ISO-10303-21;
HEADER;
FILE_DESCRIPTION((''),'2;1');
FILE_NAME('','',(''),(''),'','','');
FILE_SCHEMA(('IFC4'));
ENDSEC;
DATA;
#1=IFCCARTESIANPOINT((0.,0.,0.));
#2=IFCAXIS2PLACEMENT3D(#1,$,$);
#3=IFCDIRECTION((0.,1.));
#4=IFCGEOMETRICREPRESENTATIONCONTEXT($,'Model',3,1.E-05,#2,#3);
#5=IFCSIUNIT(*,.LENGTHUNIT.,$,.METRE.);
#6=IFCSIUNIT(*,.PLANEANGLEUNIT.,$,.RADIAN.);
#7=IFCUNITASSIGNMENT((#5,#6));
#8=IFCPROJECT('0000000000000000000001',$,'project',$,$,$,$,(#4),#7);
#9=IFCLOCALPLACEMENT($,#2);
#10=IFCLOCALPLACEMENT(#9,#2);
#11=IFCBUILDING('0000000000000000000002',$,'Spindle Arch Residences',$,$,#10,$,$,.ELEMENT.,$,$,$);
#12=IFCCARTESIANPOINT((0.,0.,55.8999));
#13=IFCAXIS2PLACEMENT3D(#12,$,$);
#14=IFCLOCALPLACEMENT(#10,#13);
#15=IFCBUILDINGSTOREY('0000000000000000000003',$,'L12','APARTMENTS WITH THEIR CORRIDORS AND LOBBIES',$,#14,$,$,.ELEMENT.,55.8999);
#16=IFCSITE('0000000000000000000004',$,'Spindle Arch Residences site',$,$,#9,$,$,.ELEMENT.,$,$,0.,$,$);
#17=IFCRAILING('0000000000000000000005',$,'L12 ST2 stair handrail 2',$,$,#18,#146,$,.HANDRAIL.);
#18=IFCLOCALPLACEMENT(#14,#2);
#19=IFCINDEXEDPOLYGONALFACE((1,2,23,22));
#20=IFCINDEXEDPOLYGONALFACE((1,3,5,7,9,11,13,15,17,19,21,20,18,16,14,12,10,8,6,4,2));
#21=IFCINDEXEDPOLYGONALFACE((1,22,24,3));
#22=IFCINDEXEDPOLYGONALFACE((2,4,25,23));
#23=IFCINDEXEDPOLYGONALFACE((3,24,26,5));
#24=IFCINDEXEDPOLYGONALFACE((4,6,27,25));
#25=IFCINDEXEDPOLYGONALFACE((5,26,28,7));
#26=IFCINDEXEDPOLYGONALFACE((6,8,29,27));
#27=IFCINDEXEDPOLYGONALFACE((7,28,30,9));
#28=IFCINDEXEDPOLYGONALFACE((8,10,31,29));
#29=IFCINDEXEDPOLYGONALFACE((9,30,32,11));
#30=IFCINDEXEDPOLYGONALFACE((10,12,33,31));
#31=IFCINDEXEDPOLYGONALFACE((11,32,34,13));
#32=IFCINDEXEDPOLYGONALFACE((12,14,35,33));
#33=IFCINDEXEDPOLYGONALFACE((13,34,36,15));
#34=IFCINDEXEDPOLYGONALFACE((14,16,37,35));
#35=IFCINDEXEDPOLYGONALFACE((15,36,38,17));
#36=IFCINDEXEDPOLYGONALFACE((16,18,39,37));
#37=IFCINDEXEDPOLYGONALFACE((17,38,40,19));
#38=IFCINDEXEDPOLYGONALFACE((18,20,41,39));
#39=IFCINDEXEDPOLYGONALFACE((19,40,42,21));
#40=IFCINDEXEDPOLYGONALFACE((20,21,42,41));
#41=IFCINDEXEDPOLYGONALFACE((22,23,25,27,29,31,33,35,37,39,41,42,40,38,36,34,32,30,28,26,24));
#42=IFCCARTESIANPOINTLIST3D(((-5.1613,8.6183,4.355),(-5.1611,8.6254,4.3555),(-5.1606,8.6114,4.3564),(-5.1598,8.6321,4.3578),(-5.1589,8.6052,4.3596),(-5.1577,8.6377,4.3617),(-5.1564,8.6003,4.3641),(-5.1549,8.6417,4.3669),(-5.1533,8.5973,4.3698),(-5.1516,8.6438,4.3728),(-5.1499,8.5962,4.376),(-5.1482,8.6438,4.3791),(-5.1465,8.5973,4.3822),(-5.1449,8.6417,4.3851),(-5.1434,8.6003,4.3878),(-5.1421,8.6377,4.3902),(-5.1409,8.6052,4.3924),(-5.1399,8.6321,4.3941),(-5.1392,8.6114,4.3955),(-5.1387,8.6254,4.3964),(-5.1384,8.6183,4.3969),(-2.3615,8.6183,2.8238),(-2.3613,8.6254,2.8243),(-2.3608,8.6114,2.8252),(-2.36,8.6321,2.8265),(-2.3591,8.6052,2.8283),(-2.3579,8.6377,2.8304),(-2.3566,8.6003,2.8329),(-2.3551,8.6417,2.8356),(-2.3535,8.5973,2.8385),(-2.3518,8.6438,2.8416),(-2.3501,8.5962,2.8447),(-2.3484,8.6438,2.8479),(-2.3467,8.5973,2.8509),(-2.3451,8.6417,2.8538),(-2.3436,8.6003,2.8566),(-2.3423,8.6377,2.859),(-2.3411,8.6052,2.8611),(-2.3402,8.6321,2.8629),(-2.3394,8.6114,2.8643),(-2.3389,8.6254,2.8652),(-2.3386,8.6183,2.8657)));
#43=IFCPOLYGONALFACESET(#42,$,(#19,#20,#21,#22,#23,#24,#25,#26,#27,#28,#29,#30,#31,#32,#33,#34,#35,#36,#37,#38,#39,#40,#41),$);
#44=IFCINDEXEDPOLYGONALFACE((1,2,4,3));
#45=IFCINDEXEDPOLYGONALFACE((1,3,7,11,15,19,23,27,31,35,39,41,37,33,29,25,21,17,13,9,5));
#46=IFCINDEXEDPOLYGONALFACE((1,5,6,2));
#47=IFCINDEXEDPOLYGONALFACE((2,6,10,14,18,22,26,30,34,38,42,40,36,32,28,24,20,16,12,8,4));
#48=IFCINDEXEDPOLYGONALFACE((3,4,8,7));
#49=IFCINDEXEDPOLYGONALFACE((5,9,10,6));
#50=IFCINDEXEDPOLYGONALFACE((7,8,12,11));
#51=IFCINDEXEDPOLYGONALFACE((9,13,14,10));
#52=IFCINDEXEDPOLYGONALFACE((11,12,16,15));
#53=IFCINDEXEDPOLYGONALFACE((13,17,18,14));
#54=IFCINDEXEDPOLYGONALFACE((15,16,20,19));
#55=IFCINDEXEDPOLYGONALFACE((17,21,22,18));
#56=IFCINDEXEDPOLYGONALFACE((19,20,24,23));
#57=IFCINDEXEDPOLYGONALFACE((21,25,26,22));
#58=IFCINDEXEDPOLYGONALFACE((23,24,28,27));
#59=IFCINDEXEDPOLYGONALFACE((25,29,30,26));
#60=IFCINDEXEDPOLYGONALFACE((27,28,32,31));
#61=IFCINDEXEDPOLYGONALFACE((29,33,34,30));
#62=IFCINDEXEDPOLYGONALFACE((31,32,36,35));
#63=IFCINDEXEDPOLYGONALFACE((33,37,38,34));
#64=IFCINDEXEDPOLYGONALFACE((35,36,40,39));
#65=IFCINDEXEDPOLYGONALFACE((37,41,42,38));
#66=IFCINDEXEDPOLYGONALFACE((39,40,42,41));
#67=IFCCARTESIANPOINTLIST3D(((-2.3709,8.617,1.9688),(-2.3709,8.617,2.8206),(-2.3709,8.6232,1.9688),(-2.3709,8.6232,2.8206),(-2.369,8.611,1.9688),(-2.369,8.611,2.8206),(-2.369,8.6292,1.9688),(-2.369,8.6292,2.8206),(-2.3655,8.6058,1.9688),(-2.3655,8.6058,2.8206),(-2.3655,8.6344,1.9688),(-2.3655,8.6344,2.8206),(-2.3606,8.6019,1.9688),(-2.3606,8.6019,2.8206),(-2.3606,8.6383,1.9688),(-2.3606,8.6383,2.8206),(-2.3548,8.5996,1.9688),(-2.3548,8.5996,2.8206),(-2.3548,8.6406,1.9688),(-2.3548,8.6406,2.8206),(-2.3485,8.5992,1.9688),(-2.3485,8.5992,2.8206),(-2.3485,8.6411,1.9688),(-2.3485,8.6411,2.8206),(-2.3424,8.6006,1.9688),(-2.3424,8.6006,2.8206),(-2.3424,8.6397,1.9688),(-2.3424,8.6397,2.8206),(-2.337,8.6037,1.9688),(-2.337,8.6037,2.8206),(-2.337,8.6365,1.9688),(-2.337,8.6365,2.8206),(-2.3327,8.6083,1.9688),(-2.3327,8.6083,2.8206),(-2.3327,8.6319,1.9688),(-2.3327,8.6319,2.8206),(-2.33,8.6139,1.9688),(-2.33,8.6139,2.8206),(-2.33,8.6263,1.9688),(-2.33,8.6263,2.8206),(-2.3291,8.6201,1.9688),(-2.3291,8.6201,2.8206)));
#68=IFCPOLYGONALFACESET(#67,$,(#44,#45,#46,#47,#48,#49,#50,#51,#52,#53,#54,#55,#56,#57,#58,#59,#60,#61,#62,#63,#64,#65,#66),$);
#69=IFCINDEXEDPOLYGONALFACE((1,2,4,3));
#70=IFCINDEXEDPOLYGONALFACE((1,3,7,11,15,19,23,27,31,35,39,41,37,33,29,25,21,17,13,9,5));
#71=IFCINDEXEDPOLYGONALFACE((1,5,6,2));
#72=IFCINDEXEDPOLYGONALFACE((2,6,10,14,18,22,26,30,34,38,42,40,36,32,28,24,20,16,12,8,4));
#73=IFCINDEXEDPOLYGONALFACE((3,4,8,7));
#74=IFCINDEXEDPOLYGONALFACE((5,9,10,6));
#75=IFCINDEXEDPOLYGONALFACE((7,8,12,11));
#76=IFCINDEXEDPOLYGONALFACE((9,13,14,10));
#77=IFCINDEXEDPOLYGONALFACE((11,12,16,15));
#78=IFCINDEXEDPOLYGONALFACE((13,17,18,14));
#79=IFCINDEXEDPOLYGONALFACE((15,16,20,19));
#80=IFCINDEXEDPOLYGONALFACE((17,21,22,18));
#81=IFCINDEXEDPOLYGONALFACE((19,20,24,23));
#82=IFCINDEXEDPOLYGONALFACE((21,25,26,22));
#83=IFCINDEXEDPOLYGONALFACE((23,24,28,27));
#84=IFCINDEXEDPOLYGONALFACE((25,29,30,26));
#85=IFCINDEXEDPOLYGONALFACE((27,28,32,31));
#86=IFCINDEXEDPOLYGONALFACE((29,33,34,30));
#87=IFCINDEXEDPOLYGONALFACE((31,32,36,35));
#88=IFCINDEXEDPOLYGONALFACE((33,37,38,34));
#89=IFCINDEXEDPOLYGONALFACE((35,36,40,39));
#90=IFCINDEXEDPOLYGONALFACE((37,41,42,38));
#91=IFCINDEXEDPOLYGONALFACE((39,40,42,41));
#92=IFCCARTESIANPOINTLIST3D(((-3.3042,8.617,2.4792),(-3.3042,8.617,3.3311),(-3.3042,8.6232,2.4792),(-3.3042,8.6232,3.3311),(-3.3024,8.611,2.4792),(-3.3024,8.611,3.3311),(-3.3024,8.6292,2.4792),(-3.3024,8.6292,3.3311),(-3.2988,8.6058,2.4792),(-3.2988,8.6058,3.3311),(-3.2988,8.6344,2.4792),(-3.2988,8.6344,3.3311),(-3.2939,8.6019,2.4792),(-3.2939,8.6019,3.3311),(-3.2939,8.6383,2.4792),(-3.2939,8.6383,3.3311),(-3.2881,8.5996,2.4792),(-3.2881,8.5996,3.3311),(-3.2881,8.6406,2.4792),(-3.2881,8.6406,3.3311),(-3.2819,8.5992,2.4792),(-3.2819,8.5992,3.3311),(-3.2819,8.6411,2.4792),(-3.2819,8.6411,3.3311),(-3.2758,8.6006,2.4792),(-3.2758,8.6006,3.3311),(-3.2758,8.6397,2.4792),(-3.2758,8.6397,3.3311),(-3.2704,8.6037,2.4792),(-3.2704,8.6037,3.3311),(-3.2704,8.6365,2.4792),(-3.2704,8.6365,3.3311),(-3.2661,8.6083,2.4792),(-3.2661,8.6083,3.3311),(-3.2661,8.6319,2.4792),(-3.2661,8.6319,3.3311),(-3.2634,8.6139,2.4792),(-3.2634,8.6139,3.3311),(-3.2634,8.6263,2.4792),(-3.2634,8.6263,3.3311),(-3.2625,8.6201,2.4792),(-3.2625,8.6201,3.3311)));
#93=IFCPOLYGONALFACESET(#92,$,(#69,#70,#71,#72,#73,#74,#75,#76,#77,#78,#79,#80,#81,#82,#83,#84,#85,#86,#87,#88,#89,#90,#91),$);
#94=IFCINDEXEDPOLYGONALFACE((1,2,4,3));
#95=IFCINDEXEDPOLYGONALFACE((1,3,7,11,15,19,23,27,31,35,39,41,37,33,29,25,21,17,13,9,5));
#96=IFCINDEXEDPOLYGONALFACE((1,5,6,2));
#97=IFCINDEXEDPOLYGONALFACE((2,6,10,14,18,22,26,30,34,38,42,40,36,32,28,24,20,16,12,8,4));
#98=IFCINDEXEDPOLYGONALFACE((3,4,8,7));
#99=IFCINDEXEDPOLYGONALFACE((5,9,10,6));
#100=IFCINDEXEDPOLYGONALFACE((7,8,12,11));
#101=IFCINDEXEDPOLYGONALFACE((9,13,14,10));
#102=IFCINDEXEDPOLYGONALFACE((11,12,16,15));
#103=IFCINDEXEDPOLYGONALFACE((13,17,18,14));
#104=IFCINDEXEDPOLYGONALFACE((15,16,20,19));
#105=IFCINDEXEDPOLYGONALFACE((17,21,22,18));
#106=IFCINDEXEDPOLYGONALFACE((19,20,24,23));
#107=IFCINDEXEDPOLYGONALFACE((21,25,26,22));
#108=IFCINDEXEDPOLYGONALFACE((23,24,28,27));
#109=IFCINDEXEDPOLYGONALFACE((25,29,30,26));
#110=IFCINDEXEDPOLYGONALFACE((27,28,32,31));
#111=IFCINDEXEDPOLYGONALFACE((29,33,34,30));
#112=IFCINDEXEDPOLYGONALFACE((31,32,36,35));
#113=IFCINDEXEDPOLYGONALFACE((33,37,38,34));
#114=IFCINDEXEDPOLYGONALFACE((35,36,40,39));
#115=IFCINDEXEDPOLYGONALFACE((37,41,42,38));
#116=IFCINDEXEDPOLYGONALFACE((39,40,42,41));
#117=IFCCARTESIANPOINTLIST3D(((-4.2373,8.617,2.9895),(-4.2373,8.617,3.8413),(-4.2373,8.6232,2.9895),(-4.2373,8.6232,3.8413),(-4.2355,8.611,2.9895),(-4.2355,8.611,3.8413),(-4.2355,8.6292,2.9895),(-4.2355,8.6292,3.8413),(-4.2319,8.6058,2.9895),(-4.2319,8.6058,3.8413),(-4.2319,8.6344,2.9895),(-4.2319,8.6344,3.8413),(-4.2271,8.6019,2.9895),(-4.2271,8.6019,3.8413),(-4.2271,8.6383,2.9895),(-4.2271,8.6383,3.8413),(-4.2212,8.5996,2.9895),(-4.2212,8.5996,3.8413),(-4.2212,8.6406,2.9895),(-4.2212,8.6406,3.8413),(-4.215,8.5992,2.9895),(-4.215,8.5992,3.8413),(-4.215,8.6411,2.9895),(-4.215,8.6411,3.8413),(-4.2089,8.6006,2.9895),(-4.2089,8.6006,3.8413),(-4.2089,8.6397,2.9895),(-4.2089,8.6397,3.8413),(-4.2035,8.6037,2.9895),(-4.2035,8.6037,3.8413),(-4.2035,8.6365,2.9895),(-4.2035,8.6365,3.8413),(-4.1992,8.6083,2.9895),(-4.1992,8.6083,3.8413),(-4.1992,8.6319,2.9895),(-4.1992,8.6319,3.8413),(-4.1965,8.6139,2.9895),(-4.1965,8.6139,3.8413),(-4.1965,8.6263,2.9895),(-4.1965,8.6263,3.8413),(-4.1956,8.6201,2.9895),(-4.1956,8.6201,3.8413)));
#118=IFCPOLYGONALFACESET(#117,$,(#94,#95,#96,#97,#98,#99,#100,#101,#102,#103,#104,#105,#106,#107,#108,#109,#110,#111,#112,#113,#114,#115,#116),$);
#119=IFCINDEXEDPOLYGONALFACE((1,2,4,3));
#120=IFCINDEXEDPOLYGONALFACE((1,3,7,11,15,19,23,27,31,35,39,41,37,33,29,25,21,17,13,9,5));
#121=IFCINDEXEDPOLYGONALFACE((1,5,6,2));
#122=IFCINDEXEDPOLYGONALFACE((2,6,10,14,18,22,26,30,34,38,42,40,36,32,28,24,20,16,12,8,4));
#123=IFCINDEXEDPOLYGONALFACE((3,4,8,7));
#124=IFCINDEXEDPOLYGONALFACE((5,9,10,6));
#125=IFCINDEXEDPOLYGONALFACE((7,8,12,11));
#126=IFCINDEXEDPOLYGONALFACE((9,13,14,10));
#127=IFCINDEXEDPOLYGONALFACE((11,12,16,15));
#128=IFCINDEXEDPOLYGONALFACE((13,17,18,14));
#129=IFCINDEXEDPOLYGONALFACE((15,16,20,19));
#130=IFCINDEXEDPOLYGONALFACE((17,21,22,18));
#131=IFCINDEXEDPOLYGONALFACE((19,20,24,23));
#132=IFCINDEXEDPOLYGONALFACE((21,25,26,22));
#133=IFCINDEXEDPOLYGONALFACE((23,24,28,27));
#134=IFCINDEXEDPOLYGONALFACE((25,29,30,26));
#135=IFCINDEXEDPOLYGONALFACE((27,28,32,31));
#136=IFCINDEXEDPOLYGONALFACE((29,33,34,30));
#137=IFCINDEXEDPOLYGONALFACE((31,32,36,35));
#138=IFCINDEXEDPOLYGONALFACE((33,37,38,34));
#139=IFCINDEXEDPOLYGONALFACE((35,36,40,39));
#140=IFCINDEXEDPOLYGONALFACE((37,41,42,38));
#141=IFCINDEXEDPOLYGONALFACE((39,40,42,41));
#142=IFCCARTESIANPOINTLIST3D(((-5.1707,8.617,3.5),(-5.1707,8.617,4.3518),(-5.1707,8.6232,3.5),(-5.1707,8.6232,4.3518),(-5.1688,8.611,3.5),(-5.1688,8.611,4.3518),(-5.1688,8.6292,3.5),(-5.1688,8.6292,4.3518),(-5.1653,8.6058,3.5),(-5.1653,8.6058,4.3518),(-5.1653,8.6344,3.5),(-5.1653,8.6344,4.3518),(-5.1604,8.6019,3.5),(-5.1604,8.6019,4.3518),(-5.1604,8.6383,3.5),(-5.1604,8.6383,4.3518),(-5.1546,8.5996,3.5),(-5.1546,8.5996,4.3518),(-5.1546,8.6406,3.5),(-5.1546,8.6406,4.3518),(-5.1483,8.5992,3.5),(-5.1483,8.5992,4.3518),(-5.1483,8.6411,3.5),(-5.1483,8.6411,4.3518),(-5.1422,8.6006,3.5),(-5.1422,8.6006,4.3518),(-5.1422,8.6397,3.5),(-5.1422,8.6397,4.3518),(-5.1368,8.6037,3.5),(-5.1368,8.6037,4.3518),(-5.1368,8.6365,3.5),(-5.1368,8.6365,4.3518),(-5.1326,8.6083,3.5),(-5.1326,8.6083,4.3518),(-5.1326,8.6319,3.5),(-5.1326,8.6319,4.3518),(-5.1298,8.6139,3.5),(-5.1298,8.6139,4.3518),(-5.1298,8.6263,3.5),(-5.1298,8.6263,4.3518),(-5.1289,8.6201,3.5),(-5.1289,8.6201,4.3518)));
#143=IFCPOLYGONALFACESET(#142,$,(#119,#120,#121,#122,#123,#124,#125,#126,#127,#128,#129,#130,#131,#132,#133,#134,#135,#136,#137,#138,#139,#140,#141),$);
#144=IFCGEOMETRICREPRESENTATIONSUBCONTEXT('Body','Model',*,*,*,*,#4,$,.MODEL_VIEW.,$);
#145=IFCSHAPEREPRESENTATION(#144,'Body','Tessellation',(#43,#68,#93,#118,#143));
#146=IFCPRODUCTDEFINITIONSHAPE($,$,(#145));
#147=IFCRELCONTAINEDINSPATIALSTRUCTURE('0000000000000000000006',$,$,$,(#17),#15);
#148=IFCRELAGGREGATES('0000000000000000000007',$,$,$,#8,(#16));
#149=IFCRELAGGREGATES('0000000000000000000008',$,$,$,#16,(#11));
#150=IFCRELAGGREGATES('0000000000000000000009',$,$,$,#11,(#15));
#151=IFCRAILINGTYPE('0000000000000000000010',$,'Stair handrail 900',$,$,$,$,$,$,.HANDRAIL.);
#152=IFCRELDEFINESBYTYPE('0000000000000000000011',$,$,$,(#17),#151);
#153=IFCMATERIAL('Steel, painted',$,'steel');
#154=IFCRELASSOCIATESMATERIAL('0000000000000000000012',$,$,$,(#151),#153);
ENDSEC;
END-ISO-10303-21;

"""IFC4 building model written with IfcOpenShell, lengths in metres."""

from ifc_helpers import new_model, si_unit, direction, frame, origin, origin_2d, place, context, subcontext, project, spatial, circle, extrude, material, type_object, element, save


model = new_model("IFC4")

# Units and contexts
model_context = context("Model", 3, precision=1e-05, world=origin(), true_north=direction((0.0, 1.0)))
body_context = subcontext(model_context, "Body", "Model", "MODEL_VIEW")
ifc_project = project(units=[si_unit("LENGTHUNIT", "METRE"), si_unit("PLANEANGLEUNIT", "RADIAN")], contexts=[model_context])

# Site, building, storey
site_placement = place(None, origin())
site = spatial("IfcSite", under=ifc_project, at=site_placement, Name="Spindle Arch Residences site", CompositionType="ELEMENT", RefElevation=0.0)
building_placement = place(site_placement, origin())
building = spatial("IfcBuilding", under=site, at=building_placement, Name="Spindle Arch Residences", CompositionType="ELEMENT")
storey_placement = place(building_placement, frame((0.0, 0.0, 55.8999)))
storey = spatial("IfcBuildingStorey", under=building, at=storey_placement, Name="L12", Description="APARTMENTS WITH THEIR CORRIDORS AND LOBBIES", CompositionType="ELEMENT", Elevation=55.8999)

# Railing
ifc_material_1 = material(Name="Steel, painted", Category="steel")
railing_type_1 = type_object("IfcRailingType", Name="Stair handrail 900", PredefinedType="HANDRAIL", material=ifc_material_1)
railing_1_placement = place(storey_placement, frame((-2.3501, 8.6201, 1.9688)))
element("IfcRailing", 1, at=railing_1_placement, inside=storey, type_object=railing_type_1, Name="L12 ST2 stair handrail 2", PredefinedType="HANDRAIL", context=body_context, shape_type="SweptSolid", body=[
    extrude(circle(Radius=0.0239, at=origin_2d()), frame((0.0, 0.0, 0.876), z_axis=(-0.877357, 0.0, 0.479838), x_axis=(0.0, -1.0, 0.0)), (0.0, 0.0, 1.0), 3.1912),
    extrude(circle(Radius=0.021, at=origin_2d()), origin(), (0.0, 0.0, 1.0), 0.8518),
    extrude(circle(Radius=0.021, at=origin_2d()), frame((-0.9333, 0.0, 0.5105)), (0.0, 0.0, 1.0), 0.8518),
    extrude(circle(Radius=0.021, at=origin_2d()), frame((-1.8665, 0.0, 1.0208)), (0.0, 0.0, 1.0), 0.8518),
    extrude(circle(Radius=0.021, at=origin_2d()), frame((-2.7998, 0.0, 1.5312)), (0.0, 0.0, 1.0), 0.8518),
])

save(model, "model.ifc")
